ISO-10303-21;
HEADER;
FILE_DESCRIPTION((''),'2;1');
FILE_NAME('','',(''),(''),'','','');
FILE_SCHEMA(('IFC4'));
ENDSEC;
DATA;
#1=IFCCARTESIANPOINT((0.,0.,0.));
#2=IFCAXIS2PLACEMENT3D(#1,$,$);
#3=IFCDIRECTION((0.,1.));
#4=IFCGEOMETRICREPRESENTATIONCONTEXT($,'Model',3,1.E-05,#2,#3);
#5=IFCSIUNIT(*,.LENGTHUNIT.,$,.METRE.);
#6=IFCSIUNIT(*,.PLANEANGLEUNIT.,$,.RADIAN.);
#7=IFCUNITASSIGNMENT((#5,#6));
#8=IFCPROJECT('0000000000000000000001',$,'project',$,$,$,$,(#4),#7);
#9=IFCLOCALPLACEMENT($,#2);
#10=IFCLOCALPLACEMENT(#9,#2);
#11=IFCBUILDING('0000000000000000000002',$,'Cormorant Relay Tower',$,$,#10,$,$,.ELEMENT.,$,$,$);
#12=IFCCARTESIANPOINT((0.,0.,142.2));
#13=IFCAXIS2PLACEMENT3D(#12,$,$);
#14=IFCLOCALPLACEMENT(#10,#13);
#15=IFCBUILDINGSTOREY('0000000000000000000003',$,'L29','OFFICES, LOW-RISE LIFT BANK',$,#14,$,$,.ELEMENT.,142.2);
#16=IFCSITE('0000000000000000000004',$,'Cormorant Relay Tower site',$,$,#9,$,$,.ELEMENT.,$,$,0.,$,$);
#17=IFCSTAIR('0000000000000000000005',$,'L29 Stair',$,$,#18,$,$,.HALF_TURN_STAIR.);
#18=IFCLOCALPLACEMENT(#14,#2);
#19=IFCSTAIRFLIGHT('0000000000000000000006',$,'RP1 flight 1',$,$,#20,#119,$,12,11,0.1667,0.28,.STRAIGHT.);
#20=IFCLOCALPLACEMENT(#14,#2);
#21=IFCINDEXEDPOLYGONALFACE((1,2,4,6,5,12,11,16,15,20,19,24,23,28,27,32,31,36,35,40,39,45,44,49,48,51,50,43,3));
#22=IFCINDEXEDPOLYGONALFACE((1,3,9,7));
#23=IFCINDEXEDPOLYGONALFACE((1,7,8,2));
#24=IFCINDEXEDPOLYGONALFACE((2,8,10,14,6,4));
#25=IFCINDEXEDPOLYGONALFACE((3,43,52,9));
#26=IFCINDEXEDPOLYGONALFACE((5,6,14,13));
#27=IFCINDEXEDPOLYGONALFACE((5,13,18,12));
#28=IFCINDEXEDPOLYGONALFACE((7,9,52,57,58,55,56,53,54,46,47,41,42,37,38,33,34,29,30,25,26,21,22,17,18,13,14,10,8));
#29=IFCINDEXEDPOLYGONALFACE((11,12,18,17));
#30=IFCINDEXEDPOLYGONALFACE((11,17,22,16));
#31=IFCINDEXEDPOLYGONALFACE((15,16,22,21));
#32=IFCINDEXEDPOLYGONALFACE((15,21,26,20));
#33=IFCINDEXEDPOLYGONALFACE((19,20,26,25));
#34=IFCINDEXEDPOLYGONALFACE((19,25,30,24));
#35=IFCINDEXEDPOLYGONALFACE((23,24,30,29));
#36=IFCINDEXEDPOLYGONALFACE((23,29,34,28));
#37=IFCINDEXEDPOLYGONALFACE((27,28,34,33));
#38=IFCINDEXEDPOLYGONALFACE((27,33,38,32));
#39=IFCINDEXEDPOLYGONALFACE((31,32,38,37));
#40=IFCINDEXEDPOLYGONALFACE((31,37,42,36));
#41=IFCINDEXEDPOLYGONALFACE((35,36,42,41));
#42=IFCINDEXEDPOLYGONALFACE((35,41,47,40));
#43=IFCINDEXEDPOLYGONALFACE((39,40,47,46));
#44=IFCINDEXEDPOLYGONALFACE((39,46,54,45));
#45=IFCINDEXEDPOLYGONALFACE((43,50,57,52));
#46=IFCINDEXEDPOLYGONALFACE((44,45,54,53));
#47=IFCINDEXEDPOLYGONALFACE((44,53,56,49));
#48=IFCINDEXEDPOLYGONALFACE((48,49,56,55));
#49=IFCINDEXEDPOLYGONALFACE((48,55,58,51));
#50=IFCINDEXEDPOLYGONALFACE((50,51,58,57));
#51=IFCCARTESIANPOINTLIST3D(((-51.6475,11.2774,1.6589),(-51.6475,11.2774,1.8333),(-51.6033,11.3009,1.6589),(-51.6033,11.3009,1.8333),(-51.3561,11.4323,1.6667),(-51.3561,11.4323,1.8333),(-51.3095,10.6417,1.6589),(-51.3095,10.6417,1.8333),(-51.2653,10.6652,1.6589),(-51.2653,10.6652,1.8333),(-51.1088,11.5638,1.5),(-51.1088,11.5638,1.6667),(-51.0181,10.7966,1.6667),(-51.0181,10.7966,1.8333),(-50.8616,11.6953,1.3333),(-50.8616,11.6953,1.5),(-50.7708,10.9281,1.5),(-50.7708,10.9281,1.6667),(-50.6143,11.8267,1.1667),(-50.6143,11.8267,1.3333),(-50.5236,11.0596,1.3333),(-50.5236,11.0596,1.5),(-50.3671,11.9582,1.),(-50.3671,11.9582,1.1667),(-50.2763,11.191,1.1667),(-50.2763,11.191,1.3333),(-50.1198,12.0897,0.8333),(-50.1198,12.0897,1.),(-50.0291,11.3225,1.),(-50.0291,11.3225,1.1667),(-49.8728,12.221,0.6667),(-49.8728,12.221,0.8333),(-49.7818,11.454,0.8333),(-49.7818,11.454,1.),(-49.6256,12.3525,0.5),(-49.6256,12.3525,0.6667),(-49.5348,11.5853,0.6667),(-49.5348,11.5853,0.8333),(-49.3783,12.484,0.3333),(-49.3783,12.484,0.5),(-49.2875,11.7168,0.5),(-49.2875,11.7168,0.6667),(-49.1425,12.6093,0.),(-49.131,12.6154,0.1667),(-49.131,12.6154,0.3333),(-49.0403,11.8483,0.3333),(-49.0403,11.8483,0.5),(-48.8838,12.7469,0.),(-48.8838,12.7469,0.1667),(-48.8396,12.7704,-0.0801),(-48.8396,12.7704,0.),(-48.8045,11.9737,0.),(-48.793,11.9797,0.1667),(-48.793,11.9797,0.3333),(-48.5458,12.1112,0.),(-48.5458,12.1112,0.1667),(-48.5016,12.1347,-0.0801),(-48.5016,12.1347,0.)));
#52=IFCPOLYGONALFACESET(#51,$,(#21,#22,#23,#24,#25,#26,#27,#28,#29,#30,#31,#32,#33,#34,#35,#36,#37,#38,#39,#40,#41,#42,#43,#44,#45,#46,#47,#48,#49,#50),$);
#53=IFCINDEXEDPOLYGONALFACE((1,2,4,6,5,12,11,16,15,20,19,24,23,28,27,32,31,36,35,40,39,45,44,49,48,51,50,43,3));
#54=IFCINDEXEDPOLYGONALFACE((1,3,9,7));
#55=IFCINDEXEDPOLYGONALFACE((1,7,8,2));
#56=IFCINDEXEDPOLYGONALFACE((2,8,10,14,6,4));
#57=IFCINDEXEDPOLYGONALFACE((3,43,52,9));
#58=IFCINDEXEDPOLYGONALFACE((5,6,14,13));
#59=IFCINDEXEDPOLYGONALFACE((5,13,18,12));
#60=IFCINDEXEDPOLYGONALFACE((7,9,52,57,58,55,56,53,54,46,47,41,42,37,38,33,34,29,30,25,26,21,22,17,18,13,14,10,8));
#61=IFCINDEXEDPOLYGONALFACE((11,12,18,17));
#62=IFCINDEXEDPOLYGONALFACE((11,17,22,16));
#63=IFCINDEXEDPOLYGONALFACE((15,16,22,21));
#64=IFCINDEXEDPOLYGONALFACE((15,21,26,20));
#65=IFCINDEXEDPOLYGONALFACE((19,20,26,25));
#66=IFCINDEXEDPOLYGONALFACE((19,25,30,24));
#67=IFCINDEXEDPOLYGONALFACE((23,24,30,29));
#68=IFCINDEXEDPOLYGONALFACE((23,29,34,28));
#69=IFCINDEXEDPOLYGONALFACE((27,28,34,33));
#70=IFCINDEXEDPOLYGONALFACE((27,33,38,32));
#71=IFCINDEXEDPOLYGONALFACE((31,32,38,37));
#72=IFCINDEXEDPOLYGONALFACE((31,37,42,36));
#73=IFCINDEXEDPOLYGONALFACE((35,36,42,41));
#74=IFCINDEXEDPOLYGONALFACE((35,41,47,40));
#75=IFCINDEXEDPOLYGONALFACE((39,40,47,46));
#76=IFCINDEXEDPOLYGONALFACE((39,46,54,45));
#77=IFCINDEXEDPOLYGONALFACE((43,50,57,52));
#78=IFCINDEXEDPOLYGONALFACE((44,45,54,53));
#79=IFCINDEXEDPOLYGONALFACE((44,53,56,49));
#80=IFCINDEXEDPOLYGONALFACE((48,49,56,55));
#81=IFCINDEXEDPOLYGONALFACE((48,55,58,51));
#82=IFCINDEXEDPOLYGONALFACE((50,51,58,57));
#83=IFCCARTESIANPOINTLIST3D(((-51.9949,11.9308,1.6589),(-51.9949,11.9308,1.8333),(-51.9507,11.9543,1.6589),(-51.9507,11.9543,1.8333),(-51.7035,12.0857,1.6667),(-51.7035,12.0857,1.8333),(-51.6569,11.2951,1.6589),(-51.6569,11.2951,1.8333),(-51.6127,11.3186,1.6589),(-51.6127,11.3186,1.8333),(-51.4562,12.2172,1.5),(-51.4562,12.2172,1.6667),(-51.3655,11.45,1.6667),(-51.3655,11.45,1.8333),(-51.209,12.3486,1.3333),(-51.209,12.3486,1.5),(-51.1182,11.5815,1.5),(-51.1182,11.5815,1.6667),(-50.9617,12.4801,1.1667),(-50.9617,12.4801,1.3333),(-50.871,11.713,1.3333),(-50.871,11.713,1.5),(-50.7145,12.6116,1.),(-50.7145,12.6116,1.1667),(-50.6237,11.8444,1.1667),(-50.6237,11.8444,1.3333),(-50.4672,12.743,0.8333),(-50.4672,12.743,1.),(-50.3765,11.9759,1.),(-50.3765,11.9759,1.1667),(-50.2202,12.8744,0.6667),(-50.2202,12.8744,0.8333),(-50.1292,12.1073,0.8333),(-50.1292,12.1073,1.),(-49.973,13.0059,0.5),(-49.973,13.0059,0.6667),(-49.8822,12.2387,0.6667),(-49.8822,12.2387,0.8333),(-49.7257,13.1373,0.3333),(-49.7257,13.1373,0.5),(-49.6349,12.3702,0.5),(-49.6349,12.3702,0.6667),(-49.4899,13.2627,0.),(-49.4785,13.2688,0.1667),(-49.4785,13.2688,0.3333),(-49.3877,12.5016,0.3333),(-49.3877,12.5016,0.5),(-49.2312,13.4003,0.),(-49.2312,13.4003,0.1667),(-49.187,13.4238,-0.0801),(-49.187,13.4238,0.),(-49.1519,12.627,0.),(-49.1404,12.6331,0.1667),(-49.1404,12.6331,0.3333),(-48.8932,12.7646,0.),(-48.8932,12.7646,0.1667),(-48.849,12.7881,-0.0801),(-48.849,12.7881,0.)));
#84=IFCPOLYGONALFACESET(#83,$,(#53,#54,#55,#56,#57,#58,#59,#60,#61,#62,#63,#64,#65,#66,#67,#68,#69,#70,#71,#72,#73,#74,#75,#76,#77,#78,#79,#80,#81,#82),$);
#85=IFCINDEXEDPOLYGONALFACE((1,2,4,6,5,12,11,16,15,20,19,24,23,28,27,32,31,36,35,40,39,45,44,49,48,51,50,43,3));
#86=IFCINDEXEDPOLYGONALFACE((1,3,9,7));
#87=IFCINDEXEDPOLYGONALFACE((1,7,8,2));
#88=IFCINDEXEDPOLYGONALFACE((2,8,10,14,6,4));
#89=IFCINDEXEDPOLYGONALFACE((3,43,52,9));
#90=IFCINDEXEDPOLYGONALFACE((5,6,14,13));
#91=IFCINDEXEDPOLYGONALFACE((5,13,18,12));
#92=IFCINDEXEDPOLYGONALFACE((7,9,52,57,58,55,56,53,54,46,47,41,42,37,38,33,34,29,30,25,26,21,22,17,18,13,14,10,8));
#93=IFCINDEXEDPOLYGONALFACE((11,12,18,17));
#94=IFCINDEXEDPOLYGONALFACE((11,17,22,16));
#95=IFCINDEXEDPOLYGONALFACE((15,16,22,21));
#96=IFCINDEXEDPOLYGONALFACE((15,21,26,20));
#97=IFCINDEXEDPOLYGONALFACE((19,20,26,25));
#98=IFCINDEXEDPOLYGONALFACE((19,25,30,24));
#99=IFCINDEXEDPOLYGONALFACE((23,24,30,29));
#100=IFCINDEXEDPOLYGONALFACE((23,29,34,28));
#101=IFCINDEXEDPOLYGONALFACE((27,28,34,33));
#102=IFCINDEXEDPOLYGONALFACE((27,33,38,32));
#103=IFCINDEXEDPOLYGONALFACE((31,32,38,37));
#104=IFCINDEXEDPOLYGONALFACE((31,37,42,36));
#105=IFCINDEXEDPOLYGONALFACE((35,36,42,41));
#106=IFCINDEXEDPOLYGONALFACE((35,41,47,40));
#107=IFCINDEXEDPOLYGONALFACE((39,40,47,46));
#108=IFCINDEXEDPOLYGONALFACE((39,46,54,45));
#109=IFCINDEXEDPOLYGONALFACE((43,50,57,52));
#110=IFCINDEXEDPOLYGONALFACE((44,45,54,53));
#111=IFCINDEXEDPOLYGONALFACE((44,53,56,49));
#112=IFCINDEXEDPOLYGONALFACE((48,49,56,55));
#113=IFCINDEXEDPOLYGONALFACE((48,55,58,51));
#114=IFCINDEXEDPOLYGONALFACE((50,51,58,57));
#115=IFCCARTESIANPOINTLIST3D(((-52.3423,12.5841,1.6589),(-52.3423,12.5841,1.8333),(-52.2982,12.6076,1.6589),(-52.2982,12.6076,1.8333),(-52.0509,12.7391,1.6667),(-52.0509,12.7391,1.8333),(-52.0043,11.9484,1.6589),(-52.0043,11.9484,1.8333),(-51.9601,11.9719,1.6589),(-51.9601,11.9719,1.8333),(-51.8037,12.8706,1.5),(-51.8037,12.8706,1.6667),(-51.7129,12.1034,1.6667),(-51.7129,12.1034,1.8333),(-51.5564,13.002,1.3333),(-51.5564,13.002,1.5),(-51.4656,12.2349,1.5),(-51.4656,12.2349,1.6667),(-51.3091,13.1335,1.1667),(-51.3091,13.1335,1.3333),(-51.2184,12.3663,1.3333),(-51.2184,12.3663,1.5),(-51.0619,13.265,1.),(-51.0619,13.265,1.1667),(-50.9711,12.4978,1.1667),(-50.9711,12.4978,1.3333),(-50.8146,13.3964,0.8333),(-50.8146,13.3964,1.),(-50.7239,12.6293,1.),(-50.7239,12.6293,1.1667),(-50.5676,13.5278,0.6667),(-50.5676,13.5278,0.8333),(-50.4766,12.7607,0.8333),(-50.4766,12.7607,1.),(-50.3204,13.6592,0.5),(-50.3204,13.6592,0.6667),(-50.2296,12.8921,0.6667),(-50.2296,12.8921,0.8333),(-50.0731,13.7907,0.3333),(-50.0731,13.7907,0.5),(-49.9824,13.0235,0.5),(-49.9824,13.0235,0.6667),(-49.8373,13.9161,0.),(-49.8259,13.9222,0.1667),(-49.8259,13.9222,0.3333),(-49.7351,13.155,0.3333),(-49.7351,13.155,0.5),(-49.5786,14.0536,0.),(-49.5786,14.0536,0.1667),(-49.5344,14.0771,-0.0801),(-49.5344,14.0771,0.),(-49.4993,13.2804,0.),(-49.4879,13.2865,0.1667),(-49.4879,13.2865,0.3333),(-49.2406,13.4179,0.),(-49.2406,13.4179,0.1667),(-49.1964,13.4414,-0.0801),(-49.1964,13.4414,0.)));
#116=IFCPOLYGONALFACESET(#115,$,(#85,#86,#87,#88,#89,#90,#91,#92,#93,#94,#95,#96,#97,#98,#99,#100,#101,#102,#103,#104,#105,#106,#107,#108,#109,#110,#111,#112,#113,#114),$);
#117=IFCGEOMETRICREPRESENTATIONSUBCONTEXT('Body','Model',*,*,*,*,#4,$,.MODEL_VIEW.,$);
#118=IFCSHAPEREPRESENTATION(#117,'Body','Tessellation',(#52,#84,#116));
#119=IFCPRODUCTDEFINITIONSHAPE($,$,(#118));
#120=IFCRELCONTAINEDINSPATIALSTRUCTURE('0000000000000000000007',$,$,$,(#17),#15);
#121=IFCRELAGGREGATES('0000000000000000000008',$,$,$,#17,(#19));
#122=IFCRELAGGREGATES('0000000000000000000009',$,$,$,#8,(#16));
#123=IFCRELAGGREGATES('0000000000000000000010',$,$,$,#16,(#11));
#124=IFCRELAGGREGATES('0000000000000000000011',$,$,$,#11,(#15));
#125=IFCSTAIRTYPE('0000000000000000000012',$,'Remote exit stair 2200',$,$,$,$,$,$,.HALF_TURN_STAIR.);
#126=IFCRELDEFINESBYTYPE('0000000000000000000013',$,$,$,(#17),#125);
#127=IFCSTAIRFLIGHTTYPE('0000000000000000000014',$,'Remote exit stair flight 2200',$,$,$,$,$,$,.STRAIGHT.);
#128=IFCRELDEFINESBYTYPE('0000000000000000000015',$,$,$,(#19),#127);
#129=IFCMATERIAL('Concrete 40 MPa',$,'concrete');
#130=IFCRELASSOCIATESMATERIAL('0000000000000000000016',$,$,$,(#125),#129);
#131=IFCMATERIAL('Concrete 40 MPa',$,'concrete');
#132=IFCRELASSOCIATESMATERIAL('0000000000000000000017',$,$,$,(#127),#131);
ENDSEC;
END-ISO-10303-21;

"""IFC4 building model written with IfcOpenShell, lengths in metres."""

from ifc_helpers import new_model, si_unit, direction, frame, origin, place, context, subcontext, project, spatial, polyline, outline, extrude, material, type_object, element, aggregate, save


model = new_model("IFC4")

# Units and contexts
model_context = context("Model", 3, precision=1e-05, world=origin(), true_north=direction((0.0, 1.0)))
body_context = subcontext(model_context, "Body", "Model", "MODEL_VIEW")
ifc_project = project(units=[si_unit("LENGTHUNIT", "METRE"), si_unit("PLANEANGLEUNIT", "RADIAN")], contexts=[model_context])

# Site, building, storey
site_placement = place(None, origin())
site = spatial("IfcSite", under=ifc_project, at=site_placement, Name="Cormorant Relay Tower site", CompositionType="ELEMENT", RefElevation=0.0)
building_placement = place(site_placement, origin())
building = spatial("IfcBuilding", under=site, at=building_placement, Name="Cormorant Relay Tower", CompositionType="ELEMENT")
storey_placement = place(building_placement, frame((0.0, 0.0, 142.2)))
storey = spatial("IfcBuildingStorey", under=building, at=storey_placement, Name="L29", Description="OFFICES, LOW-RISE LIFT BANK", CompositionType="ELEMENT", Elevation=142.2)

# Stair, stair flight
ifc_material_1 = material(Name="Concrete 40 MPa", Category="concrete")
stair_type = type_object("IfcStairType", Name="Remote exit stair 2200", PredefinedType="HALF_TURN_STAIR", material=ifc_material_1)
stair_placement = place(storey_placement, origin())
stair = element("IfcStair", 1, at=stair_placement, inside=storey, type_object=stair_type, Name="L29 Stair", PredefinedType="HALF_TURN_STAIR")
ifc_material_2 = material(Name="Concrete 40 MPa", Category="concrete")
stair_flight_type = type_object("IfcStairFlightType", Name="Remote exit stair flight 2200", PredefinedType="STRAIGHT", material=ifc_material_2)
stair_flight_1_placement = place(storey_placement, frame((-49.0623, 13.0825, 0.0), z_axis=(0.0, 0.0, 1.0), x_axis=(-0.882948, -0.469472, 0.0)))
stair_flight_1 = element("IfcStairFlight", 2, at=stair_flight_1_placement, type_object=stair_flight_type, Name="RP1 flight 1", NumberOfRisers=12, NumberOfTreads=11, PredefinedType="STRAIGHT", RiserHeight=0.1667, TreadLength=0.28, context=body_context, shape_type="SweptSolid", body=[
    extrude(outline(polyline([(-0.05, -0.0801), (-0.05, 0.0), (0.0, 0.0), (0.0, 0.1667), (0.28, 0.1667), (0.28, 0.3333), (0.5601, 0.3333), (0.5601, 0.5), (0.8401, 0.5), (0.8401, 0.6667), (1.1201, 0.6667), (1.1201, 0.8333), (1.3999, 0.8333), (1.3999, 1.0), (1.6799, 1.0), (1.6799, 1.1667), (1.96, 1.1667), (1.96, 1.3333), (2.24, 1.3333), (2.24, 1.5), (2.52, 1.5), (2.52, 1.6667), (2.8, 1.6667), (2.8, 1.8333), (3.0801, 1.8333), (3.1301, 1.8333), (3.1301, 1.6589), (3.0801, 1.6589), (0.293, 0.0), (-0.05, -0.0801)])), frame((0.0, 1.1001, 0.0), z_axis=(0.0, -1.0, 0.0), x_axis=(1.0, 0.0, 0.0)), (0.0, 0.0, 1.0), 0.72),
    extrude(outline(polyline([(-0.05, -0.0801), (-0.05, 0.0), (0.0, 0.0), (0.0, 0.1667), (0.28, 0.1667), (0.28, 0.3333), (0.5601, 0.3333), (0.5601, 0.5), (0.8401, 0.5), (0.8401, 0.6667), (1.1201, 0.6667), (1.1201, 0.8333), (1.3999, 0.8333), (1.3999, 1.0), (1.6799, 1.0), (1.6799, 1.1667), (1.96, 1.1667), (1.96, 1.3333), (2.24, 1.3333), (2.24, 1.5), (2.52, 1.5), (2.52, 1.6667), (2.8, 1.6667), (2.8, 1.8333), (3.0801, 1.8333), (3.1301, 1.8333), (3.1301, 1.6589), (3.0801, 1.6589), (0.293, 0.0), (-0.05, -0.0801)])), frame((0.0, 0.3601, 0.0), z_axis=(0.0, -1.0, 0.0), x_axis=(1.0, 0.0, 0.0)), (0.0, 0.0, 1.0), 0.72),
    extrude(outline(polyline([(-0.05, -0.0801), (-0.05, 0.0), (0.0, 0.0), (0.0, 0.1667), (0.28, 0.1667), (0.28, 0.3333), (0.5601, 0.3333), (0.5601, 0.5), (0.8401, 0.5), (0.8401, 0.6667), (1.1201, 0.6667), (1.1201, 0.8333), (1.3999, 0.8333), (1.3999, 1.0), (1.6799, 1.0), (1.6799, 1.1667), (1.96, 1.1667), (1.96, 1.3333), (2.24, 1.3333), (2.24, 1.5), (2.52, 1.5), (2.52, 1.6667), (2.8, 1.6667), (2.8, 1.8333), (3.0801, 1.8333), (3.1301, 1.8333), (3.1301, 1.6589), (3.0801, 1.6589), (0.293, 0.0), (-0.05, -0.0801)])), frame((0.0, -0.3799, 0.0), z_axis=(0.0, -1.0, 0.0), x_axis=(1.0, 0.0, 0.0)), (0.0, 0.0, 1.0), 0.72),
])
aggregate(stair, [stair_flight_1])

save(model, "model.ifc")
